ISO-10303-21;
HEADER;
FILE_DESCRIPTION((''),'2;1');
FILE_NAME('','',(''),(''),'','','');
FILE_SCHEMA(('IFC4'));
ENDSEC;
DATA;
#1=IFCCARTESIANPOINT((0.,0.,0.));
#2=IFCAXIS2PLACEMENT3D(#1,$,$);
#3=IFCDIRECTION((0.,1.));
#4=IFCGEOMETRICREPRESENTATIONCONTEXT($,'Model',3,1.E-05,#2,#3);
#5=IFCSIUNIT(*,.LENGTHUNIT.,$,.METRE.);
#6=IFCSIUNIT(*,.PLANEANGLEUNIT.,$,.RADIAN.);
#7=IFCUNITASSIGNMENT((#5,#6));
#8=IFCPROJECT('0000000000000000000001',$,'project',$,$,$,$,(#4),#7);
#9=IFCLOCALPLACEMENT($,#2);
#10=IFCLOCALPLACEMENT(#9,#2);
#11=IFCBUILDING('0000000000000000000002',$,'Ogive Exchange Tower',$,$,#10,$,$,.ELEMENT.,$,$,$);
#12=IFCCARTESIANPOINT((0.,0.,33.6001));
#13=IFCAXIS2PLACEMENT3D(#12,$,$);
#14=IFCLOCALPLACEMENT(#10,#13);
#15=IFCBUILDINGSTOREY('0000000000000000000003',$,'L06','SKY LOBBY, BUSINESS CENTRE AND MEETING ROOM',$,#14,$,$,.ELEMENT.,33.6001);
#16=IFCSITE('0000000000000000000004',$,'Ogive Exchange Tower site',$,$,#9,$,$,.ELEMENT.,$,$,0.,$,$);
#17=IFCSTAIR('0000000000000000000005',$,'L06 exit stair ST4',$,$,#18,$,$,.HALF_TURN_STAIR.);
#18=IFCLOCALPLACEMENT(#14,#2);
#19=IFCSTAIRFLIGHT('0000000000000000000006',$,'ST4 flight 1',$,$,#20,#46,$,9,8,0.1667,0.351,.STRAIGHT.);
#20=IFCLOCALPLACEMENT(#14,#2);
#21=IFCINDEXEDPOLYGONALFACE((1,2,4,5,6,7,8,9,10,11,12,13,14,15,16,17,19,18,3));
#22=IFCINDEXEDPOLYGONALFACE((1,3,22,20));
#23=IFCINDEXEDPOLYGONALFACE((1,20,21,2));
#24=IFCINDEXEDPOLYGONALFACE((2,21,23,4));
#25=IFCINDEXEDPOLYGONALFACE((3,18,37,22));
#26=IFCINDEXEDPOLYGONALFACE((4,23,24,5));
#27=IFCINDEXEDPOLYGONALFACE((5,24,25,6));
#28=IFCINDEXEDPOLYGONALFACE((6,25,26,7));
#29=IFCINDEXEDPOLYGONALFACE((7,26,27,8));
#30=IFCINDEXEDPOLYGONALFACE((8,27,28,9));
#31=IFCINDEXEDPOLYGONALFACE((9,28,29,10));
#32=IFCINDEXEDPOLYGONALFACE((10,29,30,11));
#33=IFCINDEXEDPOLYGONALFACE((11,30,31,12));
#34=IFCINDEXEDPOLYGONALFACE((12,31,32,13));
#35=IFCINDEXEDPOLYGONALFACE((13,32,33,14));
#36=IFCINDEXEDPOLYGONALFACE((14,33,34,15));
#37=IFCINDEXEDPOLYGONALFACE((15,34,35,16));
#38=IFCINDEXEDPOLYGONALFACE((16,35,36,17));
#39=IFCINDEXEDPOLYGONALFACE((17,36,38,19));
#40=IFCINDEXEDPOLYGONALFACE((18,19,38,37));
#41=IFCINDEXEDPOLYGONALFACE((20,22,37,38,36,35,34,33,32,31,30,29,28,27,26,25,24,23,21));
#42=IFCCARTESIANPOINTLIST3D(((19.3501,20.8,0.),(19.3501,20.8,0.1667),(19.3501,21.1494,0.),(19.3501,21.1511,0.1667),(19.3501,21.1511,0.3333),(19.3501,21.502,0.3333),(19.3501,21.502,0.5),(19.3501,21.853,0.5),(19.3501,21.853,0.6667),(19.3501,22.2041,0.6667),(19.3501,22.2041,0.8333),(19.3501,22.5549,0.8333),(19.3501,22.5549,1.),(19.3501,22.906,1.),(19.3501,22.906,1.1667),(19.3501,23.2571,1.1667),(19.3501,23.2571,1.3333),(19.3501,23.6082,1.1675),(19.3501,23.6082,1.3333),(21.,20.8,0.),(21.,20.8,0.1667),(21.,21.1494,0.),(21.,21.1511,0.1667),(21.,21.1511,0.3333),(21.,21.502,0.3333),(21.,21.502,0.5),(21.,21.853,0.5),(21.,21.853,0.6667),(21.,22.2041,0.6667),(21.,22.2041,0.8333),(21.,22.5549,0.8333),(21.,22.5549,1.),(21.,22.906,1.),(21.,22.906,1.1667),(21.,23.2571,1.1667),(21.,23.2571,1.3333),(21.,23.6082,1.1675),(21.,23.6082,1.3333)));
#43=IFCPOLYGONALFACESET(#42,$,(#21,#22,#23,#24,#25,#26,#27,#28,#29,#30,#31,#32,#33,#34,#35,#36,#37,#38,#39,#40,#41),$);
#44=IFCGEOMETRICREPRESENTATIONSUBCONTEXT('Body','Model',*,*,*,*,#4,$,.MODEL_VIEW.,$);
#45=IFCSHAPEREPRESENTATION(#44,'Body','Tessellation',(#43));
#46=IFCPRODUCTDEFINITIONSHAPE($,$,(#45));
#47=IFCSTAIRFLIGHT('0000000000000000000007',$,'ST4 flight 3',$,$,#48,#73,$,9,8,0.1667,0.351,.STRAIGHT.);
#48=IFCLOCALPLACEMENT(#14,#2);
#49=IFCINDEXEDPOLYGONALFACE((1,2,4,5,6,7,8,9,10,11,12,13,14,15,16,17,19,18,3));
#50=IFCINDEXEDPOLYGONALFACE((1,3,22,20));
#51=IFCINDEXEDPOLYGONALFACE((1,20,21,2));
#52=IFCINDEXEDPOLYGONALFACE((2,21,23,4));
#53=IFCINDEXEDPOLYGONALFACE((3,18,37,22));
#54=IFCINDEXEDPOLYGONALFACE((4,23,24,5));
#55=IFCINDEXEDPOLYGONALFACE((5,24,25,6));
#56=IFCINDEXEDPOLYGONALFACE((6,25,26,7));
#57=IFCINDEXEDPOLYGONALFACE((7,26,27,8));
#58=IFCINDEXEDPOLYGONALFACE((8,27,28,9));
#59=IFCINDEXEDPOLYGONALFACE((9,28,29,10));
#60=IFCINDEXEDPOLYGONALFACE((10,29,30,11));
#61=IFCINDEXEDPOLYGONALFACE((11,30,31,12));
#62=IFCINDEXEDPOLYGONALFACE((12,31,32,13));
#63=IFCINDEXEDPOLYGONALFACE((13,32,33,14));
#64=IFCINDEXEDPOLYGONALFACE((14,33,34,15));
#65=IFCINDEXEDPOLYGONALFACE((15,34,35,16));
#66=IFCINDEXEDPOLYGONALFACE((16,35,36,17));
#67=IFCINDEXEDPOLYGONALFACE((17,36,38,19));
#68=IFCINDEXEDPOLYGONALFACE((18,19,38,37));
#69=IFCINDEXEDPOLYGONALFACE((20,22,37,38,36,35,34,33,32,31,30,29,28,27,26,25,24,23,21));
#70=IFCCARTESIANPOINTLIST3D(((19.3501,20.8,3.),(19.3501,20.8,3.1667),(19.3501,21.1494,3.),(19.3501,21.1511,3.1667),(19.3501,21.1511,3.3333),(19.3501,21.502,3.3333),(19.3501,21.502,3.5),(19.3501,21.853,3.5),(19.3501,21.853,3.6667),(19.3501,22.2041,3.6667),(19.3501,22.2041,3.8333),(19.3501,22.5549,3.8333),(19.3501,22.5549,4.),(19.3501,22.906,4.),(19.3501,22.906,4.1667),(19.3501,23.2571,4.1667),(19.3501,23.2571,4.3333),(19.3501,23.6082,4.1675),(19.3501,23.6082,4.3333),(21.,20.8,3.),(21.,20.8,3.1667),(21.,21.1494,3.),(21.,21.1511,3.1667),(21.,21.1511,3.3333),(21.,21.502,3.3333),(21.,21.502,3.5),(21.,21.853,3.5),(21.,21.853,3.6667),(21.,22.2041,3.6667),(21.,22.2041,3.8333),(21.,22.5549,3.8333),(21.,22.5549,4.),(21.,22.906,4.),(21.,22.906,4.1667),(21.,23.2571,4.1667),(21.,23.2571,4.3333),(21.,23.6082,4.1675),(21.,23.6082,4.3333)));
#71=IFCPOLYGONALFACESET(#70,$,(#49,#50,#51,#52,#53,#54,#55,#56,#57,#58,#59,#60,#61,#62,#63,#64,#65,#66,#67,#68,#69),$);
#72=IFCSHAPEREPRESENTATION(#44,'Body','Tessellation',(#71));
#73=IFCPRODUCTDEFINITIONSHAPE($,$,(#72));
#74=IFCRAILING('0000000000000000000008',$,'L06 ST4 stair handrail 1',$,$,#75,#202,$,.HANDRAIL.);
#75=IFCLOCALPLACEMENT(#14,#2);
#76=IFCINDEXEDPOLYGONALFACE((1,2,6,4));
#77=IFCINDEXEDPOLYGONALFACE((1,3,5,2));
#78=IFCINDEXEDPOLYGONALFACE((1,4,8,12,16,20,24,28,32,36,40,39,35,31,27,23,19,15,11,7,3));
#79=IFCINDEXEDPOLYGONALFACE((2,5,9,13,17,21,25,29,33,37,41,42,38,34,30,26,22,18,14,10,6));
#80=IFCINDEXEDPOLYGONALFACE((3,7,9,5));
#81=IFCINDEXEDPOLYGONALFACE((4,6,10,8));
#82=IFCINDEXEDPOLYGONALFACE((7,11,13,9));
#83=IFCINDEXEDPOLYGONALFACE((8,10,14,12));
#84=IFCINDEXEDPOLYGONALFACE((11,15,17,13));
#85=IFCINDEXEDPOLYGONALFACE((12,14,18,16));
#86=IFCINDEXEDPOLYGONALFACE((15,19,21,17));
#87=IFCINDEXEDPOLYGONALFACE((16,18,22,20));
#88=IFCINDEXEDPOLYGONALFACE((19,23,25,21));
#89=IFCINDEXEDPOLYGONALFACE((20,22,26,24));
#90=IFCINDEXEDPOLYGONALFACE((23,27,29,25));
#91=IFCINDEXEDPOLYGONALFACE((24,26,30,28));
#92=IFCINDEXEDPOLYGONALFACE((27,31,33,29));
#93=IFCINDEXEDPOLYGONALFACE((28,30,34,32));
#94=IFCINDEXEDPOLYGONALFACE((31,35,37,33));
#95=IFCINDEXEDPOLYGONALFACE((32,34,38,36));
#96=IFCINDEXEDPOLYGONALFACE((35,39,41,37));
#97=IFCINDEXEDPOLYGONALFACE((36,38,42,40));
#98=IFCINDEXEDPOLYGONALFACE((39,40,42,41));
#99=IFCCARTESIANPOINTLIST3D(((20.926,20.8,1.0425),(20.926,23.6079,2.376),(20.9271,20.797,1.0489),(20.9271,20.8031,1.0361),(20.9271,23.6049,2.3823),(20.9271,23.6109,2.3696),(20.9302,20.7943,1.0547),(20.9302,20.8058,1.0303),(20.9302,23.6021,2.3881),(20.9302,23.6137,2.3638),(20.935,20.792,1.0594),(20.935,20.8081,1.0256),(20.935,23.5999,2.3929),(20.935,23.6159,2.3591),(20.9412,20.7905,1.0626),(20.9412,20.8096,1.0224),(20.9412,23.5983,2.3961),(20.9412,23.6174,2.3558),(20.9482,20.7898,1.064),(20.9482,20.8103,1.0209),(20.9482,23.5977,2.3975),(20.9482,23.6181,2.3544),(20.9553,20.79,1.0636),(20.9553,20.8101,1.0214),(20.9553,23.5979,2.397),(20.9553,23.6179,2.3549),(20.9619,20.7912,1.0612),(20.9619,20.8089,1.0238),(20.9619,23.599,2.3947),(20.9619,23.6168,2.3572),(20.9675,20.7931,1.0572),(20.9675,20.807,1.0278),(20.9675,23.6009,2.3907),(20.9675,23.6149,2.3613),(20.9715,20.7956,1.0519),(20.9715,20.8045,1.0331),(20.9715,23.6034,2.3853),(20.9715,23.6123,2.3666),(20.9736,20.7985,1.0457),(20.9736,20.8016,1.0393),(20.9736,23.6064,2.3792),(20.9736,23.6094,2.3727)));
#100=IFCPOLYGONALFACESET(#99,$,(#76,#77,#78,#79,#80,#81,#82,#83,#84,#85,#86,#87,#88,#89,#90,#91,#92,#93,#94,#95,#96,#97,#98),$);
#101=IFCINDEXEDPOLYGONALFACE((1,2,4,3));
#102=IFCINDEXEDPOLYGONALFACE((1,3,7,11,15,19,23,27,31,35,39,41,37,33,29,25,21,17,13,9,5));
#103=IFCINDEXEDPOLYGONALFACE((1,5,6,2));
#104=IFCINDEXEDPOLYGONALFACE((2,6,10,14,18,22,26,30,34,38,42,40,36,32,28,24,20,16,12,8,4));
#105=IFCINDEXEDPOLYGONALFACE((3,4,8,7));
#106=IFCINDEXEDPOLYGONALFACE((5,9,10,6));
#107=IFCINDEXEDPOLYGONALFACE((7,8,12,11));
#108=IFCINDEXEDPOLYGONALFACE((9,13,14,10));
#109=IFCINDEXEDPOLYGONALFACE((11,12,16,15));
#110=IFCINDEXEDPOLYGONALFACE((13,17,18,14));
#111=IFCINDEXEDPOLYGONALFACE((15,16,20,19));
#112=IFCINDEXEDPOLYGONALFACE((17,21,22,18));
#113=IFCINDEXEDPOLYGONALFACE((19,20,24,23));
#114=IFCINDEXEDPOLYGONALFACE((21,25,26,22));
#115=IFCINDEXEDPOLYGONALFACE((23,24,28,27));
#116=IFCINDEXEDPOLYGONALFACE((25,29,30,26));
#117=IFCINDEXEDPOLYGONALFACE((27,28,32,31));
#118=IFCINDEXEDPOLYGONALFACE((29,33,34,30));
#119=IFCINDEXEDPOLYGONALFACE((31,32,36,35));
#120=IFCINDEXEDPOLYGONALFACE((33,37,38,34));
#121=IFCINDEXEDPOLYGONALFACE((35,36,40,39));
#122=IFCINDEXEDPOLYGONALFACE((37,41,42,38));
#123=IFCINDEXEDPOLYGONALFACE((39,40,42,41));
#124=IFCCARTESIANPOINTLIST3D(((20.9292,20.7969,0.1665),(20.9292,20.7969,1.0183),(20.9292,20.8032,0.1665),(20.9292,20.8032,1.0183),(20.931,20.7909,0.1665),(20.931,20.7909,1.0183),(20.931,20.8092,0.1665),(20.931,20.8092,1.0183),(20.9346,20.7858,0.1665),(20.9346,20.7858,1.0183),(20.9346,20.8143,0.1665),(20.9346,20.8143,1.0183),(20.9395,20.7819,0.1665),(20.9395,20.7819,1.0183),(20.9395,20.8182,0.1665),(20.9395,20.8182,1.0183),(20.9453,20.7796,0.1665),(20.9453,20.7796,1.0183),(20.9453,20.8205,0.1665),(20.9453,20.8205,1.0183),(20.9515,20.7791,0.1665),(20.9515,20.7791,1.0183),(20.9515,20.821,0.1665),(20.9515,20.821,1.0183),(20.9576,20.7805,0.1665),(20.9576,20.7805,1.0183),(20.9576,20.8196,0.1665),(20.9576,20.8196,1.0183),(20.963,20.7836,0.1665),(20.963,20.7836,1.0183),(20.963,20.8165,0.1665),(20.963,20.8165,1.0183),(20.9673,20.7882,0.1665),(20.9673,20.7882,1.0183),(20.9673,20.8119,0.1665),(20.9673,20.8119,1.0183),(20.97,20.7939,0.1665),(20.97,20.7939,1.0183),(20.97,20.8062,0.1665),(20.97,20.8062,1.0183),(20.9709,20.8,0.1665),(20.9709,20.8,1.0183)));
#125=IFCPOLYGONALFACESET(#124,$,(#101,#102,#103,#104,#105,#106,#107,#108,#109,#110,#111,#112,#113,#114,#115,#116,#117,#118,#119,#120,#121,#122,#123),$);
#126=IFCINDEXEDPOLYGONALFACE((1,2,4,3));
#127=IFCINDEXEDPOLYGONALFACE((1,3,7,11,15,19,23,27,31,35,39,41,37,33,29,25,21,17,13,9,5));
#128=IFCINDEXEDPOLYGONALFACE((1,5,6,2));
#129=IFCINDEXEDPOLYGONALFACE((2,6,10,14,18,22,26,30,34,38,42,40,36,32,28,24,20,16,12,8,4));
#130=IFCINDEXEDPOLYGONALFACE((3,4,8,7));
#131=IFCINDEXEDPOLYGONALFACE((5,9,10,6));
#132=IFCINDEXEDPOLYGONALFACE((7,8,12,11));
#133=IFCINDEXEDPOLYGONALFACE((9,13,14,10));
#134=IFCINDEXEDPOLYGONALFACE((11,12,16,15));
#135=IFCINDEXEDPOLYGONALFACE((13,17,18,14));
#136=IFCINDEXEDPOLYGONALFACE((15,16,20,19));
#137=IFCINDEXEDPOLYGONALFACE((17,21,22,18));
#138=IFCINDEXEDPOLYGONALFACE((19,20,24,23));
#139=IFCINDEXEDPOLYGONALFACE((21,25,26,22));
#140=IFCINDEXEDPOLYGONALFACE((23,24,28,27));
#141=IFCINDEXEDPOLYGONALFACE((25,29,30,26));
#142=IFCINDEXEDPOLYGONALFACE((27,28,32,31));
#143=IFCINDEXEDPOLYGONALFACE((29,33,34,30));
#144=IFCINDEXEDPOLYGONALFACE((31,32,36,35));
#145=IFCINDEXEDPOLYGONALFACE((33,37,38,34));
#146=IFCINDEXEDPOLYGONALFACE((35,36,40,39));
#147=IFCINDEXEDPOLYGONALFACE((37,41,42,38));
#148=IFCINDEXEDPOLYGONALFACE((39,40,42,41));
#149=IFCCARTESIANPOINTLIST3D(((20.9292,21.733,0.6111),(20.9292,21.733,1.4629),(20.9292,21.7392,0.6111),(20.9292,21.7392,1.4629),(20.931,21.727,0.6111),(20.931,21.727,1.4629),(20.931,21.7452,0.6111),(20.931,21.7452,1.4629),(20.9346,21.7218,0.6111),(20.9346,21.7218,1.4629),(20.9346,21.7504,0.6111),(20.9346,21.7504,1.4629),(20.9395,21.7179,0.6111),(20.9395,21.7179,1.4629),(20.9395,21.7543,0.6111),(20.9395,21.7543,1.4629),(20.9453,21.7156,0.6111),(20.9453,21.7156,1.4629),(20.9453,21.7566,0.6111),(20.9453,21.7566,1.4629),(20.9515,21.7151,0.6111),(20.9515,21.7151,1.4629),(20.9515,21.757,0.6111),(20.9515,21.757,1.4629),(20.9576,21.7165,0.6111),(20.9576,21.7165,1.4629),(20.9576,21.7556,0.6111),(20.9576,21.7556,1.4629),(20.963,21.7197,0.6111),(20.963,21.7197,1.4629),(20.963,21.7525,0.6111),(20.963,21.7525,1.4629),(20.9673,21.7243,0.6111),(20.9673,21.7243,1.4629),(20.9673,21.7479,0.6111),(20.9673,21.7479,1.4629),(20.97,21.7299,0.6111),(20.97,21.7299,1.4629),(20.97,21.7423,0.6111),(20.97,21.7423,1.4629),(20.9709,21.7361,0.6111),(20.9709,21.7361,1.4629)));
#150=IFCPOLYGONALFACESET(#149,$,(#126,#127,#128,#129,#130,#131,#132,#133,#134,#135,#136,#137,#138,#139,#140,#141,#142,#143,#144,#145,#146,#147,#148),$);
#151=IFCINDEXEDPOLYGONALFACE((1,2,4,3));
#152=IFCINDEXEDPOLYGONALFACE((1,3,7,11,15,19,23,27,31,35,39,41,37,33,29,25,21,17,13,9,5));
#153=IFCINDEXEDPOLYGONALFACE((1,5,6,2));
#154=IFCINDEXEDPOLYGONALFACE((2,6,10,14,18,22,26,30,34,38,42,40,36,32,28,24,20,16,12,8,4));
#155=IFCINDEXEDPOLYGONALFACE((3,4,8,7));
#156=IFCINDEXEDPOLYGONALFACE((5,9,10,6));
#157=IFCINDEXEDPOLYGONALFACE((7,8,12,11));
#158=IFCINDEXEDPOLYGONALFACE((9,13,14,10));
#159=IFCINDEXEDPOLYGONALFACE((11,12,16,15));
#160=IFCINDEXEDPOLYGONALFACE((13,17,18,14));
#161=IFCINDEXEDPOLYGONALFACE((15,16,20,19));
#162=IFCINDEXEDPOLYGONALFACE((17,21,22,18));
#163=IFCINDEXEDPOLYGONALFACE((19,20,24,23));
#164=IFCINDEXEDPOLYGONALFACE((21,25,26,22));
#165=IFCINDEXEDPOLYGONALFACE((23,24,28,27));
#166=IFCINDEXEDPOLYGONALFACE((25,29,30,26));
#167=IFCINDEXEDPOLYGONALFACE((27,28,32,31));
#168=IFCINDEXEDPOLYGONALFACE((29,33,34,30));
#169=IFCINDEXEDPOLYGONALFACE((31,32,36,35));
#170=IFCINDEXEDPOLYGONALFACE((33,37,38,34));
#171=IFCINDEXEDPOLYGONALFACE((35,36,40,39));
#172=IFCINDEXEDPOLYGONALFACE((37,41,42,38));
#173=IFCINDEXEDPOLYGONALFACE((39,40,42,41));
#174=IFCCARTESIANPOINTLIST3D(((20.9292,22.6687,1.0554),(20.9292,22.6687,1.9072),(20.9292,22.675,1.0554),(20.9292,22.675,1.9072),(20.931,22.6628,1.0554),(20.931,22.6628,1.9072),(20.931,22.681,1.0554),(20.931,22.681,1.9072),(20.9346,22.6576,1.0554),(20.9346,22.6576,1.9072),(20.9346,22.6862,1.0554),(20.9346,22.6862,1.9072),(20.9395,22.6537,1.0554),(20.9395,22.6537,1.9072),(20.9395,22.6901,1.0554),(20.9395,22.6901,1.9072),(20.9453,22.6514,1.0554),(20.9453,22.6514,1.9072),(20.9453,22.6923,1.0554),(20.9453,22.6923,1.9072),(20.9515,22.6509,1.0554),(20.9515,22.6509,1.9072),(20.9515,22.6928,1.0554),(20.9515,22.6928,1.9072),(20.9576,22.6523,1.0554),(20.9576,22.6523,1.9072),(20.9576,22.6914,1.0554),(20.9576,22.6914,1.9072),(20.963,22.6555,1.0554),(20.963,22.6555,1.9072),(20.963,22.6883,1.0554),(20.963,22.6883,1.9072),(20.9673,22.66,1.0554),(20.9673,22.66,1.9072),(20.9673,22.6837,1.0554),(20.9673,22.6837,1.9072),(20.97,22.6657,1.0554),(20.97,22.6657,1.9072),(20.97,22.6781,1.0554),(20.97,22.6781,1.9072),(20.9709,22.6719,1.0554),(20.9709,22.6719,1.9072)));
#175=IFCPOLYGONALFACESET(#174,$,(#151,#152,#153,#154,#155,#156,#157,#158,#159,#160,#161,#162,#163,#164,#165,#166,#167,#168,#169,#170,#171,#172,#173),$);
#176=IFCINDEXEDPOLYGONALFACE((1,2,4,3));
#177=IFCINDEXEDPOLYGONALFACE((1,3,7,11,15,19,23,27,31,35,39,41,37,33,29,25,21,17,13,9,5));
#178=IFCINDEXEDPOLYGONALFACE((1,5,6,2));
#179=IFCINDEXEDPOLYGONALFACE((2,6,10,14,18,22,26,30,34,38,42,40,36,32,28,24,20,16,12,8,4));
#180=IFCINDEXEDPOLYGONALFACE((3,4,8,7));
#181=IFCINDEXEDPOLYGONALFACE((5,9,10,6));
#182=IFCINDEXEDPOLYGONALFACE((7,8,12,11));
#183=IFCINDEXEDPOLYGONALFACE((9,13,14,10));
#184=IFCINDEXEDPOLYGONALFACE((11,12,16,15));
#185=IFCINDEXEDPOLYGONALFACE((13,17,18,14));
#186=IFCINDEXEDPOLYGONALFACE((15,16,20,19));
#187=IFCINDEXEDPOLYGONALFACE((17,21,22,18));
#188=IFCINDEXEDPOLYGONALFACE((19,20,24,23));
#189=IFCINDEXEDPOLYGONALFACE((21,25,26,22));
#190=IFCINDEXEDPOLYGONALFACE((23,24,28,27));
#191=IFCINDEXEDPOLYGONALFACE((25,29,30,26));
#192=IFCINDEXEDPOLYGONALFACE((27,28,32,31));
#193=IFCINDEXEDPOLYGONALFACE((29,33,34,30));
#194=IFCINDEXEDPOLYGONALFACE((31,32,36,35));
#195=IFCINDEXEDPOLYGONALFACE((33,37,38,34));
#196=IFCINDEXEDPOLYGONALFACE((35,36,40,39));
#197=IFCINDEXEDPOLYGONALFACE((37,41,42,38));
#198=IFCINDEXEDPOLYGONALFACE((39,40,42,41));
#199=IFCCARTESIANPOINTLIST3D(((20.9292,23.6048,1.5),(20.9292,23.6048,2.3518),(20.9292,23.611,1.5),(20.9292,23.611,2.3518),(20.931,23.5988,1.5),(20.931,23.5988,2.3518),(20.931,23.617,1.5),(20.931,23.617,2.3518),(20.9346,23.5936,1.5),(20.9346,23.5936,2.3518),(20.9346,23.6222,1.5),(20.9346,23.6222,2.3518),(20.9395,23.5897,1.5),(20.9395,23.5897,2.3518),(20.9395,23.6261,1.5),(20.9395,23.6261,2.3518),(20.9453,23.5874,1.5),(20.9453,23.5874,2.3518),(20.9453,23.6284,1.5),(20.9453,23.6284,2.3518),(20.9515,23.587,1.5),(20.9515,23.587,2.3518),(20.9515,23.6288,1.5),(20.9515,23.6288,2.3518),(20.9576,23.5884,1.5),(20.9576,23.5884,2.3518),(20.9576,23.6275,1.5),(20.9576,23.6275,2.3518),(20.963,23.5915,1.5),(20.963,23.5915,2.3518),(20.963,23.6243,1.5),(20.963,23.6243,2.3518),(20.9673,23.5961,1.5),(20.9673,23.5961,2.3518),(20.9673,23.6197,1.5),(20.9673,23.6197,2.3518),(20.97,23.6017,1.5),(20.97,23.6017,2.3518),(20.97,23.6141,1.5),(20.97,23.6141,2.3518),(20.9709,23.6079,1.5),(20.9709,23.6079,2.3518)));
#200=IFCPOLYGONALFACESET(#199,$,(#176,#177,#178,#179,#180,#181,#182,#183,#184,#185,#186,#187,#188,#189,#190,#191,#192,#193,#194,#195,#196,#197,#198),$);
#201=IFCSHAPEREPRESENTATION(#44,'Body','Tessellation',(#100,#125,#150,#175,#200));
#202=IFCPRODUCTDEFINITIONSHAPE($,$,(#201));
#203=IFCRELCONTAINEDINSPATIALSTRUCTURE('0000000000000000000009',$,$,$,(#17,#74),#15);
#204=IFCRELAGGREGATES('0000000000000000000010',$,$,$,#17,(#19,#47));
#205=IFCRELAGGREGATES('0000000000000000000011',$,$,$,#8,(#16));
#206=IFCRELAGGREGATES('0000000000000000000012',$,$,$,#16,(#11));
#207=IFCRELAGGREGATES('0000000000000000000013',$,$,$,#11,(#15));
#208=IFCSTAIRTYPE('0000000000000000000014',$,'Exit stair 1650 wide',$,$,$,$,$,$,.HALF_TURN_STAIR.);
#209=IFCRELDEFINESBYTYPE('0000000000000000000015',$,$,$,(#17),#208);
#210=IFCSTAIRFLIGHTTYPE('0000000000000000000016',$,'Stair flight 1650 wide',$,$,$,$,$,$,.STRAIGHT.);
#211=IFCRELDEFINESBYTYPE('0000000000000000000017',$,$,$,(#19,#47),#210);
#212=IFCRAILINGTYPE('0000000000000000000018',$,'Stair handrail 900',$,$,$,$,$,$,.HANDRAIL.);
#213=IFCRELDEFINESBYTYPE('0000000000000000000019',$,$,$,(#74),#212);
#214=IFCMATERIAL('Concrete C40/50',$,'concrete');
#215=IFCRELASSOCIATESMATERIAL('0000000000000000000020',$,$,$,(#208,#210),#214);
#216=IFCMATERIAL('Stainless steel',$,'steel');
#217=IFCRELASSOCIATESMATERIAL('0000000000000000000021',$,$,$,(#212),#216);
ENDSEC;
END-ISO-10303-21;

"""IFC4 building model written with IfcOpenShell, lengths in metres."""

from ifc_helpers import new_model, si_unit, direction, frame, origin, origin_2d, place, context, subcontext, project, spatial, polyline, circle, outline, extrude, material, type_object, element, aggregate, save


model = new_model("IFC4")

# Units and contexts
model_context = context("Model", 3, precision=1e-05, world=origin(), true_north=direction((0.0, 1.0)))
body_context = subcontext(model_context, "Body", "Model", "MODEL_VIEW")
ifc_project = project(units=[si_unit("LENGTHUNIT", "METRE"), si_unit("PLANEANGLEUNIT", "RADIAN")], contexts=[model_context])

# Site, building, storey
site_placement = place(None, origin())
site = spatial("IfcSite", under=ifc_project, at=site_placement, Name="Ogive Exchange Tower site", CompositionType="ELEMENT", RefElevation=0.0)
building_placement = place(site_placement, origin())
building = spatial("IfcBuilding", under=site, at=building_placement, Name="Ogive Exchange Tower", CompositionType="ELEMENT")
storey_placement = place(building_placement, frame((0.0, 0.0, 33.6001)))
storey = spatial("IfcBuildingStorey", under=building, at=storey_placement, Name="L06", Description="SKY LOBBY, BUSINESS CENTRE AND MEETING ROOM", CompositionType="ELEMENT", Elevation=33.6001)

# Shared definitions
ifc_material_1 = material(Name="Stainless steel", Category="steel")

# Stair, stair flights
ifc_material_2 = material(Name="Concrete C40/50", Category="concrete")
stair_type = type_object("IfcStairType", Name="Exit stair 1650 wide", PredefinedType="HALF_TURN_STAIR", material=ifc_material_2)
stair_placement = place(storey_placement, origin())
stair = element("IfcStair", 1, at=stair_placement, inside=storey, type_object=stair_type, Name="L06 exit stair ST4", PredefinedType="HALF_TURN_STAIR")
stair_flight_type = type_object("IfcStairFlightType", Name="Stair flight 1650 wide", PredefinedType="STRAIGHT", material=ifc_material_2)
stair_flight_1_placement = place(storey_placement, frame((20.175, 20.8, 0.0), z_axis=(0.0, 0.0, 1.0), x_axis=(0.0, 1.0, 0.0)))
stair_flight_1 = element("IfcStairFlight", 2, at=stair_flight_1_placement, type_object=stair_flight_type, Name="ST4 flight 1", NumberOfRisers=9, NumberOfTreads=8, PredefinedType="STRAIGHT", RiserHeight=0.1667, TreadLength=0.351, context=body_context, shape_type="SweptSolid", body=[
    extrude(outline(polyline([(0.0, 0.0), (0.0, 0.1667), (0.3511, 0.1667), (0.3511, 0.3333), (0.7019, 0.3333), (0.7019, 0.5), (1.053, 0.5), (1.053, 0.6667), (1.4041, 0.6667), (1.4041, 0.8333), (1.7549, 0.8333), (1.7549, 1.0), (2.106, 1.0), (2.106, 1.1667), (2.457, 1.1667), (2.457, 1.3333), (2.8081, 1.3333), (2.8081, 1.5), (2.8081, 1.1675), (0.3494, 0.0), (0.0, 0.0)])), frame((0.0, 0.825, 0.0), z_axis=(0.0, -1.0, 0.0), x_axis=(1.0, 0.0, 0.0)), (0.0, 0.0, 1.0), 1.6499),
])
stair_flight_2_placement = place(storey_placement, frame((20.175, 20.8, 3.0), z_axis=(0.0, 0.0, 1.0), x_axis=(0.0, 1.0, 0.0)))
stair_flight_2 = element("IfcStairFlight", 3, at=stair_flight_2_placement, type_object=stair_flight_type, Name="ST4 flight 3", NumberOfRisers=9, NumberOfTreads=8, PredefinedType="STRAIGHT", RiserHeight=0.1667, TreadLength=0.351, context=body_context, shape_type="SweptSolid", body=[
    extrude(outline(polyline([(0.0, 0.0), (0.0, 0.1667), (0.3511, 0.1667), (0.3511, 0.3333), (0.7019, 0.3333), (0.7019, 0.5), (1.053, 0.5), (1.053, 0.6667), (1.4041, 0.6667), (1.4041, 0.8333), (1.7549, 0.8333), (1.7549, 1.0), (2.106, 1.0), (2.106, 1.1667), (2.457, 1.1667), (2.457, 1.3333), (2.8081, 1.3333), (2.8081, 1.5), (2.8081, 1.1675), (0.3494, 0.0), (0.0, 0.0)])), frame((0.0, 0.825, 0.0), z_axis=(0.0, -1.0, 0.0), x_axis=(1.0, 0.0, 0.0)), (0.0, 0.0, 1.0), 1.6499),
])
aggregate(stair, [stair_flight_1, stair_flight_2])

# Railing
railing_type = type_object("IfcRailingType", Name="Stair handrail 900", PredefinedType="HANDRAIL", material=ifc_material_1)
railing_1_placement = place(storey_placement, frame((20.95, 20.8, 0.1665)))
element("IfcRailing", 4, at=railing_1_placement, inside=storey, type_object=railing_type, Name="L06 ST4 stair handrail 1", PredefinedType="HANDRAIL", context=body_context, shape_type="SweptSolid", body=[
    extrude(circle(Radius=0.0239, at=origin_2d()), frame((0.0, 0.0, 0.876), z_axis=(0.0, 0.903307, 0.428994), x_axis=(-1.0, 0.0, 0.0)), (0.0, 0.0, 1.0), 3.1084),
    extrude(circle(Radius=0.021, at=origin_2d()), origin(), (0.0, 0.0, 1.0), 0.8518),
    extrude(circle(Radius=0.021, at=origin_2d()), frame((0.0, 0.936, 0.4446)), (0.0, 0.0, 1.0), 0.8518),
    extrude(circle(Radius=0.021, at=origin_2d()), frame((0.0, 1.8718, 0.8889)), (0.0, 0.0, 1.0), 0.8518),
    extrude(circle(Radius=0.021, at=origin_2d()), frame((0.0, 2.8079, 1.3335)), (0.0, 0.0, 1.0), 0.8518),
])

save(model, "model.ifc")
